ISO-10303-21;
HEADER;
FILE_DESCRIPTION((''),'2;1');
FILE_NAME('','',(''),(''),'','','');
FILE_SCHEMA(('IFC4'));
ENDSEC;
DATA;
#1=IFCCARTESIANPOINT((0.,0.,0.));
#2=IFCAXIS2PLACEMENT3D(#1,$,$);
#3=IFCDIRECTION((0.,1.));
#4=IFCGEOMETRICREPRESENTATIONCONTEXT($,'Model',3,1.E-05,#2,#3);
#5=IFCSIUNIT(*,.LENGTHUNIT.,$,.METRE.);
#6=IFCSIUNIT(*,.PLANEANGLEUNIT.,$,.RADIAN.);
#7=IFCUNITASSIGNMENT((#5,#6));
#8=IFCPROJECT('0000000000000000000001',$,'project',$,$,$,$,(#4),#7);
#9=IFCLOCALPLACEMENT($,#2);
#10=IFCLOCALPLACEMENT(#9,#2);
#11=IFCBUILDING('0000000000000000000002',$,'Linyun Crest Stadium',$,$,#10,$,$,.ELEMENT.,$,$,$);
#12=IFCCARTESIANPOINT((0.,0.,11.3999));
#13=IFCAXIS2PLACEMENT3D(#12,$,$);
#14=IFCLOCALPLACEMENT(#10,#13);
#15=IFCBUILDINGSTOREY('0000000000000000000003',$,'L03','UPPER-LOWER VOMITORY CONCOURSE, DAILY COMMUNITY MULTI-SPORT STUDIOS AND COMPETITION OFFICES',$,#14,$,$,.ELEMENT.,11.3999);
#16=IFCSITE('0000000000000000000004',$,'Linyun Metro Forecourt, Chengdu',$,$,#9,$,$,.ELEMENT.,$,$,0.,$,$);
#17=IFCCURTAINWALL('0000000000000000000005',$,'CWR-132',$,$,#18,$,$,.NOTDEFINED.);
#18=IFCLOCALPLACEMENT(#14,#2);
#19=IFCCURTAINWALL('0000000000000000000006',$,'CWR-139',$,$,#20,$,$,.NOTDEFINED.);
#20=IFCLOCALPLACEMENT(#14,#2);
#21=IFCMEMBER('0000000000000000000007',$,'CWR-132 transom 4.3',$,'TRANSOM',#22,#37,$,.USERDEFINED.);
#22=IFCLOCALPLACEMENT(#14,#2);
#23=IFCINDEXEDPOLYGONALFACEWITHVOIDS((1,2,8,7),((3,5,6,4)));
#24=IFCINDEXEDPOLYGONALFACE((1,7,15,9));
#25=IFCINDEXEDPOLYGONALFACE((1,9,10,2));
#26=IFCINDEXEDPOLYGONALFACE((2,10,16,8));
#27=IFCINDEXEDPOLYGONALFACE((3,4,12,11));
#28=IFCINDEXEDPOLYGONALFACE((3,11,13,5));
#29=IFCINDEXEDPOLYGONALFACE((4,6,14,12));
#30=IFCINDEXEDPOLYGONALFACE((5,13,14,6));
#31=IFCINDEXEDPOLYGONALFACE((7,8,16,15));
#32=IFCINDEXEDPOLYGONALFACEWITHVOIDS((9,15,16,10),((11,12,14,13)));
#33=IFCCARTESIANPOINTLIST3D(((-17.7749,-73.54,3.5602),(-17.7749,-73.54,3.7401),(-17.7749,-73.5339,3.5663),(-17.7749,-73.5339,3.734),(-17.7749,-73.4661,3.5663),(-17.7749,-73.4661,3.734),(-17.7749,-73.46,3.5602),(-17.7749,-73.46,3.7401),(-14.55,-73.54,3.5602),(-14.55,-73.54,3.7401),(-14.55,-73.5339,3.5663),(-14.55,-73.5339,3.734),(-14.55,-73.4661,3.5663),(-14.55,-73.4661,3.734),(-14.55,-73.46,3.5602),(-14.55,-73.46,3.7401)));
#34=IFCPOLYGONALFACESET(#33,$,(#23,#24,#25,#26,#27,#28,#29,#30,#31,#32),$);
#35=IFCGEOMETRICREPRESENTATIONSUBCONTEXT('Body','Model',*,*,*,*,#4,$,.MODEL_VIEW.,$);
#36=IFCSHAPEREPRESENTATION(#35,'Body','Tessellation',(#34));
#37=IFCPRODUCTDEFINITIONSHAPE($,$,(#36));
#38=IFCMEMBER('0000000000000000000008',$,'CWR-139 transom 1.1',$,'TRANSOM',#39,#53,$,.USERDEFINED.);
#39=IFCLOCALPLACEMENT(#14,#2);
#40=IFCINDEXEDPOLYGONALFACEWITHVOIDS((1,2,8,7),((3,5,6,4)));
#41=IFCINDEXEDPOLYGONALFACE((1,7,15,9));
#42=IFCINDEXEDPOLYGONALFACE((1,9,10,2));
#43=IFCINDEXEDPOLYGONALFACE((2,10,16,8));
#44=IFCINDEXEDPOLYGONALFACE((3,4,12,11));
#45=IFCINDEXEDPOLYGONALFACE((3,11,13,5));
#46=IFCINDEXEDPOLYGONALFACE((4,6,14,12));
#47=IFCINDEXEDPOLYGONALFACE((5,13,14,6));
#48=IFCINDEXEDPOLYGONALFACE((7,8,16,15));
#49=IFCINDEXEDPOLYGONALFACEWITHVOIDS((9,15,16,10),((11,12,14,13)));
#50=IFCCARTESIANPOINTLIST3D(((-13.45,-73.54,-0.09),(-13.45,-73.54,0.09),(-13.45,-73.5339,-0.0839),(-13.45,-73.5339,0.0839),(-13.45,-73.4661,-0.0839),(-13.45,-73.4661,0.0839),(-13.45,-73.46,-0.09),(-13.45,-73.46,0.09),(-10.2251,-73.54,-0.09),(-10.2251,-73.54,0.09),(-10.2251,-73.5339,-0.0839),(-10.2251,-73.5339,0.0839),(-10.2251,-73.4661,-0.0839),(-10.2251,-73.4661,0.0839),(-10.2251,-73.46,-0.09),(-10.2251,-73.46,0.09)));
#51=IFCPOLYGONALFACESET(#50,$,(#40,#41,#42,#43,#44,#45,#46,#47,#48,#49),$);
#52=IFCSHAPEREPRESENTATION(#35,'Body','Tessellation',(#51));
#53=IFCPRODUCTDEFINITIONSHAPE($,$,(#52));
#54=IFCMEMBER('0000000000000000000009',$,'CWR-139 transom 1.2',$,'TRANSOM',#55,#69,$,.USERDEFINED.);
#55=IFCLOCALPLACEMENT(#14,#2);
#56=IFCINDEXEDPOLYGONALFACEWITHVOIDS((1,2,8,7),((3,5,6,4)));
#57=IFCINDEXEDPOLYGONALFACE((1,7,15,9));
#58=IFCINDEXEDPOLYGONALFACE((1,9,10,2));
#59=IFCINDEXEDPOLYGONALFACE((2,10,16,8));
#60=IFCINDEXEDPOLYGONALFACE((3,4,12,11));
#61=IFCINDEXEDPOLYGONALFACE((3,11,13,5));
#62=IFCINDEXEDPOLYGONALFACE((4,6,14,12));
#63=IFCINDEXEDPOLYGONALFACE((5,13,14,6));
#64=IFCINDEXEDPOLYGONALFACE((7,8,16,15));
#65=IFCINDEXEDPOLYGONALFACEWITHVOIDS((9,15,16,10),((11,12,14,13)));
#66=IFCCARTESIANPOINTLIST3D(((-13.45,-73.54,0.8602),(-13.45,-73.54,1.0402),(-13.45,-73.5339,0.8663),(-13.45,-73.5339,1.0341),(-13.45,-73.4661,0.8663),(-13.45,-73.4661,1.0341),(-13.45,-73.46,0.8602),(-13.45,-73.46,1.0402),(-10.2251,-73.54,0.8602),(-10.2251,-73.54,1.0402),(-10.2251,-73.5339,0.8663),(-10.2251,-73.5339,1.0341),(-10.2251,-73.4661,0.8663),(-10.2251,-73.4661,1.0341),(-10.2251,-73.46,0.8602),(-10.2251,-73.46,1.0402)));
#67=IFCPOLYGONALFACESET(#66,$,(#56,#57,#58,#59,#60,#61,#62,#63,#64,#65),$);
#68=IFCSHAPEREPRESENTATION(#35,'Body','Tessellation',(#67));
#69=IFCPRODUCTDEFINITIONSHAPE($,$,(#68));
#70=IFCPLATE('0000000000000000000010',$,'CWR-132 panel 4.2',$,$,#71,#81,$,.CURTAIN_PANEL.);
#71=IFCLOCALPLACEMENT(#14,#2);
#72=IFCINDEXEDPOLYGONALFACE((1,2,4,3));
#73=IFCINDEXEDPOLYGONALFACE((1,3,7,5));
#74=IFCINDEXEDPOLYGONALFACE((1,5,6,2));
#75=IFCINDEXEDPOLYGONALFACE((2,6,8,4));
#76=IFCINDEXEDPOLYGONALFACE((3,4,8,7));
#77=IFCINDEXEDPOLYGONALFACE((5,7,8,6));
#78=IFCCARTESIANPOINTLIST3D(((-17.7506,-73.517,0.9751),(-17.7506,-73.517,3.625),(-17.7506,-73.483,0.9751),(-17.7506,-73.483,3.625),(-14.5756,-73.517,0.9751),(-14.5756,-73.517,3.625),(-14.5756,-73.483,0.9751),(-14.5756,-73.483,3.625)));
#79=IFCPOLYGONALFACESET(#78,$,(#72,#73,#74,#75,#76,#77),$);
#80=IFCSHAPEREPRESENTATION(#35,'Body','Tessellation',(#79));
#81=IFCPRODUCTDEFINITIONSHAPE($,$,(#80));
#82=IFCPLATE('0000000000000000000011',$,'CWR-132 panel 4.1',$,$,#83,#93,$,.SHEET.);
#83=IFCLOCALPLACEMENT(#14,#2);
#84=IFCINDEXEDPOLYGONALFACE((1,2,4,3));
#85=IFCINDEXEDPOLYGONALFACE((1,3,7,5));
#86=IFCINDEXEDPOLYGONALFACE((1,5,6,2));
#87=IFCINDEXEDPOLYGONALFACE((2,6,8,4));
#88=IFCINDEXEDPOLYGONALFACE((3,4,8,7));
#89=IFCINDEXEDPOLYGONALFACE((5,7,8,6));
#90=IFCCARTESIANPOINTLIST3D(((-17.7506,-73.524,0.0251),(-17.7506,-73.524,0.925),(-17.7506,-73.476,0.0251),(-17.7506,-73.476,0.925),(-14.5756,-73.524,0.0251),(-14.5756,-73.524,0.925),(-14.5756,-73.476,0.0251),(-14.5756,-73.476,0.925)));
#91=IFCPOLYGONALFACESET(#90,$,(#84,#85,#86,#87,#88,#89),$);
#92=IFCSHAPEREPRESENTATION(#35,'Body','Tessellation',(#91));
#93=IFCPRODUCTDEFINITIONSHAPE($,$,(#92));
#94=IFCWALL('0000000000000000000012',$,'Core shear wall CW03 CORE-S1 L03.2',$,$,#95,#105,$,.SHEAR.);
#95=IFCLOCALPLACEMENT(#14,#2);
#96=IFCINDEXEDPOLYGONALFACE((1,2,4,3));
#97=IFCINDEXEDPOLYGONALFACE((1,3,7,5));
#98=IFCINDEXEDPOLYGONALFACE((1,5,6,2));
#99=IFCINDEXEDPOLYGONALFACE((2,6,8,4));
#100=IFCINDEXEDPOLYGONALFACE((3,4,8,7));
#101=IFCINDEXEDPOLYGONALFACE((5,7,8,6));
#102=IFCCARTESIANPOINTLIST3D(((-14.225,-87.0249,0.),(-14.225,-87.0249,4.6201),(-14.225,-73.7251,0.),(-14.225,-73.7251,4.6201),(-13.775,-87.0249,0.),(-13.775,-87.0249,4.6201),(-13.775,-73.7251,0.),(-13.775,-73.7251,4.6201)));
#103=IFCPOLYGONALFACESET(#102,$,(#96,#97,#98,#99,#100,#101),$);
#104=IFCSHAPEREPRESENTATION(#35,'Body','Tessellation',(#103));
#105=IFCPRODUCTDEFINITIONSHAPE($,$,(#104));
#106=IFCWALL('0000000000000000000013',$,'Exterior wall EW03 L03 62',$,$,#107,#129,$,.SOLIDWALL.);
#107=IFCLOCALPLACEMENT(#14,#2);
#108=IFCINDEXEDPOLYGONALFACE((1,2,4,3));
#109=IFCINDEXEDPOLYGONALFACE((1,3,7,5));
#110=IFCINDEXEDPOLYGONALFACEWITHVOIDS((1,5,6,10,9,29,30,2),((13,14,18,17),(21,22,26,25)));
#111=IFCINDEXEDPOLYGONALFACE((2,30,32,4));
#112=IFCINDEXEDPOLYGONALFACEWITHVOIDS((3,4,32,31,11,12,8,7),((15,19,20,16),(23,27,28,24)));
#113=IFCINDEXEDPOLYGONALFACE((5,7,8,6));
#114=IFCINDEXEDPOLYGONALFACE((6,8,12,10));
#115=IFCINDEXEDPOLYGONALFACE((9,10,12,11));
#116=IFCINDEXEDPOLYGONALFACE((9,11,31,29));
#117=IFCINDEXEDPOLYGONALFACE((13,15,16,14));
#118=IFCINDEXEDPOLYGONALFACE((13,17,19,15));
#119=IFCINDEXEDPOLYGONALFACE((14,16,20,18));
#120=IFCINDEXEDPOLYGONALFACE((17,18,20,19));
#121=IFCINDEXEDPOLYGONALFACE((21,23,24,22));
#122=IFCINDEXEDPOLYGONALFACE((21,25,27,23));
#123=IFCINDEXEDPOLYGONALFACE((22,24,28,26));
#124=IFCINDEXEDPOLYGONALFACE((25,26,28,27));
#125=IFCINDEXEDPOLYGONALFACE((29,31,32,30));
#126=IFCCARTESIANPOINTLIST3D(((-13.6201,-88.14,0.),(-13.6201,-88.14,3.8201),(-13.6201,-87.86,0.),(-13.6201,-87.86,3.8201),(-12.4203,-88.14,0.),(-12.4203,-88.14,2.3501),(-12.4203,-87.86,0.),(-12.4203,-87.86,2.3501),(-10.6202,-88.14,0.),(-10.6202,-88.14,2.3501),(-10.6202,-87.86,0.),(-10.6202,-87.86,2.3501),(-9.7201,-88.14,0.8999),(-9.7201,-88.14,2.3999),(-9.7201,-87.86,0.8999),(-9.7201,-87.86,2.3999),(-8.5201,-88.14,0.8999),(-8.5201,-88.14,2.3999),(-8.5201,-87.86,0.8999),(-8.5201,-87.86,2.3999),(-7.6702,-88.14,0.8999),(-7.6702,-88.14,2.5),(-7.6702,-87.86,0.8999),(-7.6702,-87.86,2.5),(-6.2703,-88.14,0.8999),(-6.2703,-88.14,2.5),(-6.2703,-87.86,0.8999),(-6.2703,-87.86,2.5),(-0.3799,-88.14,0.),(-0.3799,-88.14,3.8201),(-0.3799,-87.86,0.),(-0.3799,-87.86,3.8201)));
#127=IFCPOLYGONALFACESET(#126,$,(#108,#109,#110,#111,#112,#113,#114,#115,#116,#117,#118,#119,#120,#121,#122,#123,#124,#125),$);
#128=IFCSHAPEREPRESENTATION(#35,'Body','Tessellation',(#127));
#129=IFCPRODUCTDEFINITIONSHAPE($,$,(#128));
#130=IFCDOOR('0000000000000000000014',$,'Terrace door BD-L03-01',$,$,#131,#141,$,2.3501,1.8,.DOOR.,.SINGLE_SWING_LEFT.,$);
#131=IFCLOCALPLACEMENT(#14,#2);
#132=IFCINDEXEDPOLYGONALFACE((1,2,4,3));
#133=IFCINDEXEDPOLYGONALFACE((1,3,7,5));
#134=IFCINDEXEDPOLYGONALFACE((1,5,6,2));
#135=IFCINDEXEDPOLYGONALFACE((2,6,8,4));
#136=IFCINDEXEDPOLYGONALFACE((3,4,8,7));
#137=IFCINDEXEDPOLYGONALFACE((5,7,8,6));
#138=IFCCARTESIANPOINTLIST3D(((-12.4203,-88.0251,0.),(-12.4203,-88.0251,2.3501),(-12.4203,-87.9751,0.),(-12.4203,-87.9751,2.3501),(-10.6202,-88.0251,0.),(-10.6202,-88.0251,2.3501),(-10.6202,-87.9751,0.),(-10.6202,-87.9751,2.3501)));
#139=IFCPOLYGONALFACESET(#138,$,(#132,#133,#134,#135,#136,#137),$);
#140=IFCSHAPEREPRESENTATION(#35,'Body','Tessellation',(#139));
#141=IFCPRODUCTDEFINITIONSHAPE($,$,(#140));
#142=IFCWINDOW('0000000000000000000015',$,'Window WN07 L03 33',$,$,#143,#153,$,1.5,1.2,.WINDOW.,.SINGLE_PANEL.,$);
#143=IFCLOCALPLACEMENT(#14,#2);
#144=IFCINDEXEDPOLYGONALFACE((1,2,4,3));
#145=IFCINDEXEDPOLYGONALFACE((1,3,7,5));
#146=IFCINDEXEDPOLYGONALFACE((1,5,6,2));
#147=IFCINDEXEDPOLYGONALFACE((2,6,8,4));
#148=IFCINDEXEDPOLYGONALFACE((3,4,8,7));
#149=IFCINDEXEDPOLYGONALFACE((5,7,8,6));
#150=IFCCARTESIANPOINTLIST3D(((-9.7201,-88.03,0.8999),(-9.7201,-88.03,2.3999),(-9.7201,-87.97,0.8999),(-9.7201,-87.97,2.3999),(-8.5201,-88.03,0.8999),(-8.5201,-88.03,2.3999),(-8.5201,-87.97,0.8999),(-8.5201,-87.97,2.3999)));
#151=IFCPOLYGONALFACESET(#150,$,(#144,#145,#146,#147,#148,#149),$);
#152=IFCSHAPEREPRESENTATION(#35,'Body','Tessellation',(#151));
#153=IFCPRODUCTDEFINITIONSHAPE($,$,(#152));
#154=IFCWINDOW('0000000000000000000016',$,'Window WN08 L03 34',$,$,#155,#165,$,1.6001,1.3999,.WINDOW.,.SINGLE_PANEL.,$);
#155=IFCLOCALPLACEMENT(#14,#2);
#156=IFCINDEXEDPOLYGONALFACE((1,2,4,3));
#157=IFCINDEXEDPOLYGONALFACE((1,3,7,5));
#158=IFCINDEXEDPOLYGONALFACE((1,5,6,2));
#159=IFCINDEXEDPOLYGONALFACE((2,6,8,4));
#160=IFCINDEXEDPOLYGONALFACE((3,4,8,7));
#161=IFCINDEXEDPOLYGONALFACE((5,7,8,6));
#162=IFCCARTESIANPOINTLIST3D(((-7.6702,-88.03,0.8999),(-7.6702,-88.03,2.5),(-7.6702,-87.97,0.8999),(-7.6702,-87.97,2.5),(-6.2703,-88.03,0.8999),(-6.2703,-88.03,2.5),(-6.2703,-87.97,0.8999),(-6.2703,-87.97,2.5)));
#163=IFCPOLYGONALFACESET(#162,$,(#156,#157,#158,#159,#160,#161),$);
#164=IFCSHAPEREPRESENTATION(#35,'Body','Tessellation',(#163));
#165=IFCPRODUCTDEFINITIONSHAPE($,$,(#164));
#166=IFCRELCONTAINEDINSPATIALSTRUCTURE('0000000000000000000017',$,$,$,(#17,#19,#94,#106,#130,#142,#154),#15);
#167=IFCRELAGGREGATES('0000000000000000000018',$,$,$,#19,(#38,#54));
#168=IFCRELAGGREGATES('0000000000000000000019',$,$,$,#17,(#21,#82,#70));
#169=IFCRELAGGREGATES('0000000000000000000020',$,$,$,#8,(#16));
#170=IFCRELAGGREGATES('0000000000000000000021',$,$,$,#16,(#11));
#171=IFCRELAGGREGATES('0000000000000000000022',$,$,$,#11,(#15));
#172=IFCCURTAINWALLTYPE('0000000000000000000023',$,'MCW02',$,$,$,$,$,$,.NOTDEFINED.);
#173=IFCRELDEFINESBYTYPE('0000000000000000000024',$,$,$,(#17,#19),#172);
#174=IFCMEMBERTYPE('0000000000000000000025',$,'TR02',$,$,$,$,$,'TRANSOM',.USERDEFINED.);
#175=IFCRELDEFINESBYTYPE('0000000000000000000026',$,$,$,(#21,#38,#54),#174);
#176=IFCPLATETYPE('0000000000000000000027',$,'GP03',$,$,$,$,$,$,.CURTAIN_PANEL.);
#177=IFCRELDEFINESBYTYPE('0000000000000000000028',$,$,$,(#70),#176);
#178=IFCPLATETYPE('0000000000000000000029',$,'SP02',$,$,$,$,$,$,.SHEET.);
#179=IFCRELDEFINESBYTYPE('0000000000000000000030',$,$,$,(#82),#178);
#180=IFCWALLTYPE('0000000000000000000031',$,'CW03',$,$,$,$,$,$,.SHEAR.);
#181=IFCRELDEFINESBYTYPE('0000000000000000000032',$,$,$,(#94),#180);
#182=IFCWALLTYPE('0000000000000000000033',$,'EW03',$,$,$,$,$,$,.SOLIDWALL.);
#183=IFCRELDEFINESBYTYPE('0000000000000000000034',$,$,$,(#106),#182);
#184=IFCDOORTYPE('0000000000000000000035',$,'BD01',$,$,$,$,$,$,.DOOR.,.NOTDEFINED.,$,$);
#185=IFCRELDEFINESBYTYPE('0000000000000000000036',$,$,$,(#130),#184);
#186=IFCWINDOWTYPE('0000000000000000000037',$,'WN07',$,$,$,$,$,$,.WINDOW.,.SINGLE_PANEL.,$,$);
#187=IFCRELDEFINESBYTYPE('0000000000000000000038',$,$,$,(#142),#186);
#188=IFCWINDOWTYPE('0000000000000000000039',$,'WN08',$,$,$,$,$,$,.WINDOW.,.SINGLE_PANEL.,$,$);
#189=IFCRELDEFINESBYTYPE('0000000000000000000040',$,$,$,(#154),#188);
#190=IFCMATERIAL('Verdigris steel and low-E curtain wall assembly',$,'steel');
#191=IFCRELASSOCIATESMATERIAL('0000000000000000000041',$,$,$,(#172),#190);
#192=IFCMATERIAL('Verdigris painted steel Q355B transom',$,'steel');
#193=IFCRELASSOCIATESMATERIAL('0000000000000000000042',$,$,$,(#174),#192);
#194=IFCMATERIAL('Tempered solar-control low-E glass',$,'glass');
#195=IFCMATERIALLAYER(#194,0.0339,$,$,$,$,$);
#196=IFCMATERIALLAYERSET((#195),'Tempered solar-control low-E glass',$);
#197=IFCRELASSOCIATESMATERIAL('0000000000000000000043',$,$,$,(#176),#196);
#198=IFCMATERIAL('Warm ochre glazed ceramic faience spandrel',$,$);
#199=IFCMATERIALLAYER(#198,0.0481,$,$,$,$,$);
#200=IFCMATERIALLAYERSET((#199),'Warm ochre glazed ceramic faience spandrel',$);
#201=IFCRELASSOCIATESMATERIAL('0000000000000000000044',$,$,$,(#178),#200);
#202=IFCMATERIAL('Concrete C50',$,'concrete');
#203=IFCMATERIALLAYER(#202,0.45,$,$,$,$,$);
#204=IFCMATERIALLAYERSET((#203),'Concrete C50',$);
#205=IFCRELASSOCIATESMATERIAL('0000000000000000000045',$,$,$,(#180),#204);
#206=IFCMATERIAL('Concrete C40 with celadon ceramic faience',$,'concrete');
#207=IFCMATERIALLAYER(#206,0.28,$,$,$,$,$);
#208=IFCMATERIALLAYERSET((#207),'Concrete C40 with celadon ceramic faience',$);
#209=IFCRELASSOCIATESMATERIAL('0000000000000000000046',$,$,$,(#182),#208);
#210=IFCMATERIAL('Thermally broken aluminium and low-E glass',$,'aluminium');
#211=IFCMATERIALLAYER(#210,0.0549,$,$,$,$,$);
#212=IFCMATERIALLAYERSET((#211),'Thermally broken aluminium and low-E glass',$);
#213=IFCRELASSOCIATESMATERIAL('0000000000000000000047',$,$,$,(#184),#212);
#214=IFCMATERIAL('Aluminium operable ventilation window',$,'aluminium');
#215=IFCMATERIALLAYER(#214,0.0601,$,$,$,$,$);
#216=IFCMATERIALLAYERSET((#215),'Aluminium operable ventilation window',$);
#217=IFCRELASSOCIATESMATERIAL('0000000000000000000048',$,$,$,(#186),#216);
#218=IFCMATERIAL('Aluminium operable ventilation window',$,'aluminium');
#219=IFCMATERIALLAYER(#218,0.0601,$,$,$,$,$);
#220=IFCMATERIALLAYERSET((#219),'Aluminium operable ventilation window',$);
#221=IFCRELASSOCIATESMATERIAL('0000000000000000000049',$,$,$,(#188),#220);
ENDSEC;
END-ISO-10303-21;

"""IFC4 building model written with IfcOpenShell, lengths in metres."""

from ifc_helpers import new_model, si_unit, direction, frame, frame_2d, origin, origin_2d, place, context, subcontext, project, spatial, rectangle, hollow_rectangle, extrude, material, layer, layer_set, material_profile, profile_set, type_object, element, fill, aggregate, save


model = new_model("IFC4")

# Units and contexts
model_context = context("Model", 3, precision=1e-05, world=origin(), true_north=direction((0.0, 1.0)))
body_context = subcontext(model_context, "Body", "Model", "MODEL_VIEW")
ifc_project = project(units=[si_unit("LENGTHUNIT", "METRE"), si_unit("PLANEANGLEUNIT", "RADIAN")], contexts=[model_context])

# Site, building, storey
site_placement = place(None, origin())
site = spatial("IfcSite", under=ifc_project, at=site_placement, Name="Linyun Metro Forecourt, Chengdu", CompositionType="ELEMENT", RefElevation=0.0)
building_placement = place(site_placement, origin())
building = spatial("IfcBuilding", under=site, at=building_placement, Name="Linyun Crest Stadium", CompositionType="ELEMENT")
storey_placement = place(building_placement, frame((0.0, 0.0, 11.3999)))
storey = spatial("IfcBuildingStorey", under=building, at=storey_placement, Name="L03", Description="UPPER-LOWER VOMITORY CONCOURSE, DAILY COMMUNITY MULTI-SPORT STUDIOS AND COMPETITION OFFICES", CompositionType="ELEMENT", Elevation=11.3999)

# Curtain wall
ifc_material_1 = material(Name="Verdigris steel and low-E curtain wall assembly", Category="steel")
curtain_wall_type = type_object("IfcCurtainWallType", Name="MCW02", PredefinedType="NOTDEFINED", material=ifc_material_1)
curtain_wall_1_placement = place(storey_placement, origin())
curtain_wall_1 = element("IfcCurtainWall", 1, at=curtain_wall_1_placement, inside=storey, type_object=curtain_wall_type, Name="CWR-132", PredefinedType="NOTDEFINED")

# Curtain wall
curtain_wall_2_placement = place(storey_placement, origin())
curtain_wall_2 = element("IfcCurtainWall", 2, at=curtain_wall_2_placement, inside=storey, type_object=curtain_wall_type, Name="CWR-139", PredefinedType="NOTDEFINED")

# Members
ifc_material_2 = material(Name="Verdigris painted steel Q355B transom", Category="steel")
ifc_material_profile_1 = material_profile(ifc_material_2, hollow_rectangle(XDim=0.0801, YDim=0.1799, WallThickness=0.0061, at=origin_2d()), Name="RHS 180x80x6")
ifc_profile_set_1 = profile_set([ifc_material_profile_1], Name="Verdigris painted steel Q355B transom")
member_type_1 = type_object("IfcMemberType", Name="TR02", ElementType="TRANSOM", PredefinedType="USERDEFINED", material=ifc_profile_set_1)
member_1_placement = place(storey_placement, frame((-17.7749, -73.5, 3.6501), z_axis=(1.0, 0.0, 0.0), x_axis=(0.0, 1.0, 0.0)))
member_1 = element("IfcMember", 3, at=member_1_placement, type_object=member_type_1, Name="CWR-132 transom 4.3", ObjectType="TRANSOM", PredefinedType="USERDEFINED", context=body_context, shape_type="SweptSolid", body=[
    extrude(hollow_rectangle(XDim=0.0801, YDim=0.1799, WallThickness=0.0061, at=origin_2d()), origin(), (0.0, 0.0, 1.0), 3.2249),
])
member_2_placement = place(storey_placement, frame((-13.45, -73.5, 0.0), z_axis=(1.0, 0.0, 0.0), x_axis=(0.0, 1.0, 0.0)))
member_2 = element("IfcMember", 4, at=member_2_placement, type_object=member_type_1, Name="CWR-139 transom 1.1", ObjectType="TRANSOM", PredefinedType="USERDEFINED", context=body_context, shape_type="SweptSolid", body=[
    extrude(hollow_rectangle(XDim=0.0801, YDim=0.1799, WallThickness=0.0061, at=origin_2d()), origin(), (0.0, 0.0, 1.0), 3.2249),
])
member_3_placement = place(storey_placement, frame((-13.45, -73.5, 0.9502), z_axis=(1.0, 0.0, 0.0), x_axis=(0.0, 1.0, 0.0)))
member_3 = element("IfcMember", 5, at=member_3_placement, type_object=member_type_1, Name="CWR-139 transom 1.2", ObjectType="TRANSOM", PredefinedType="USERDEFINED", context=body_context, shape_type="SweptSolid", body=[
    extrude(hollow_rectangle(XDim=0.0801, YDim=0.1799, WallThickness=0.0061, at=origin_2d()), origin(), (0.0, 0.0, 1.0), 3.2249),
])
aggregate(curtain_wall_2, [member_2, member_3])

# Plates
ifc_material_3 = material(Name="Tempered solar-control low-E glass", Category="glass")
ifc_layer_1 = layer(ifc_material_3, 0.0339)
ifc_layer_set_1 = layer_set([ifc_layer_1], Name="Tempered solar-control low-E glass")
plate_type_1 = type_object("IfcPlateType", Name="GP03", PredefinedType="CURTAIN_PANEL", material=ifc_layer_set_1)
plate_1_placement = place(storey_placement, frame((-16.1631, -73.5, 0.9751), z_axis=(0.0, 0.0, 1.0), x_axis=(1.0, 0.0, 0.0)))
plate_1 = element("IfcPlate", 6, at=plate_1_placement, type_object=plate_type_1, Name="CWR-132 panel 4.2", PredefinedType="CURTAIN_PANEL", context=body_context, shape_type="SweptSolid", body=[
    extrude(rectangle(XDim=3.175, YDim=0.0339, at=origin_2d()), origin(), (0.0, 0.0, 1.0), 2.6499),
])
ifc_material_4 = material(Name="Warm ochre glazed ceramic faience spandrel")
ifc_layer_2 = layer(ifc_material_4, 0.0481)
ifc_layer_set_2 = layer_set([ifc_layer_2], Name="Warm ochre glazed ceramic faience spandrel")
plate_type_2 = type_object("IfcPlateType", Name="SP02", PredefinedType="SHEET", material=ifc_layer_set_2)
plate_2_placement = place(storey_placement, frame((-16.1631, -73.5, 0.0251), z_axis=(0.0, 0.0, 1.0), x_axis=(1.0, 0.0, 0.0)))
plate_2 = element("IfcPlate", 7, at=plate_2_placement, type_object=plate_type_2, Name="CWR-132 panel 4.1", PredefinedType="SHEET", context=body_context, shape_type="SweptSolid", body=[
    extrude(rectangle(XDim=3.175, YDim=0.0481, at=origin_2d()), origin(), (0.0, 0.0, 1.0), 0.8999),
])
aggregate(curtain_wall_1, [member_1, plate_2, plate_1])

# Wall
ifc_material_5 = material(Name="Concrete C50", Category="concrete")
ifc_layer_3 = layer(ifc_material_5, 0.45)
ifc_layer_set_3 = layer_set([ifc_layer_3], Name="Concrete C50")
wall_type_1 = type_object("IfcWallType", Name="CW03", PredefinedType="SHEAR", material=ifc_layer_set_3)
wall_1_placement = place(storey_placement, frame((-14.0, -87.0249, 0.0), z_axis=(0.0, 0.0, 1.0), x_axis=(0.0, 1.0, 0.0)))
element("IfcWall", 8, at=wall_1_placement, inside=storey, type_object=wall_type_1, Name="Core shear wall CW03 CORE-S1 L03.2", PredefinedType="SHEAR", context=body_context, shape_type="SweptSolid", body=[
    extrude(rectangle(XDim=13.2998, YDim=0.45, at=frame_2d((6.6499, 0.0))), origin(), (0.0, 0.0, 1.0), 4.6201),
])

# Wall, openings, door, windows
ifc_material_6 = material(Name="Concrete C40 with celadon ceramic faience", Category="concrete")
ifc_layer_4 = layer(ifc_material_6, 0.28)
ifc_layer_set_4 = layer_set([ifc_layer_4], Name="Concrete C40 with celadon ceramic faience")
wall_type_2 = type_object("IfcWallType", Name="EW03", PredefinedType="SOLIDWALL", material=ifc_layer_set_4)
wall_2_placement = place(storey_placement, frame((-13.6201, -88.0, 0.0), z_axis=(0.0, 0.0, 1.0), x_axis=(1.0, 0.0, 0.0)))
wall_2 = element("IfcWall", 9, at=wall_2_placement, inside=storey, type_object=wall_type_2, Name="Exterior wall EW03 L03 62", PredefinedType="SOLIDWALL", context=body_context, shape_type="SweptSolid", body=[
    extrude(rectangle(XDim=13.2402, YDim=0.28, at=frame_2d((6.6201, 0.0))), origin(), (0.0, 0.0, 1.0), 3.8201),
])
opening_1_placement = place(wall_2_placement, frame((1.2, 0.0, 0.0)))
opening_1 = element("IfcOpeningElement", 10, at=opening_1_placement, cuts=wall_2, PredefinedType="OPENING", context=body_context, shape_type="SweptSolid", body=[
    extrude(rectangle(XDim=1.8, YDim=2.3501, at=frame_2d((0.8999, 1.175))), frame((0.0, 0.1499, 0.0), z_axis=(0.0, -1.0, 0.0), x_axis=(1.0, 0.0, 0.0)), (0.0, 0.0, 1.0), 0.3),
])
opening_2_placement = place(wall_2_placement, frame((3.8999, 0.0, 0.8999)))
opening_2 = element("IfcOpeningElement", 11, at=opening_2_placement, cuts=wall_2, PredefinedType="OPENING", context=body_context, shape_type="SweptSolid", body=[
    extrude(rectangle(XDim=1.2, YDim=1.5, at=frame_2d((0.6001, 0.75))), frame((0.0, 0.1499, 0.0), z_axis=(0.0, -1.0, 0.0), x_axis=(1.0, 0.0, 0.0)), (0.0, 0.0, 1.0), 0.3),
])
opening_3_placement = place(wall_2_placement, frame((5.95, 0.0, 0.8999)))
opening_3 = element("IfcOpeningElement", 12, at=opening_3_placement, cuts=wall_2, PredefinedType="OPENING", context=body_context, shape_type="SweptSolid", body=[
    extrude(rectangle(XDim=1.3999, YDim=1.6001, at=frame_2d((0.7, 0.8))), frame((0.0, 0.1499, 0.0), z_axis=(0.0, -1.0, 0.0), x_axis=(1.0, 0.0, 0.0)), (0.0, 0.0, 1.0), 0.3),
])
ifc_material_7 = material(Name="Thermally broken aluminium and low-E glass", Category="aluminium")
ifc_layer_5 = layer(ifc_material_7, 0.0549)
ifc_layer_set_5 = layer_set([ifc_layer_5], Name="Thermally broken aluminium and low-E glass")
door_type_1 = type_object("IfcDoorType", Name="BD01", OperationType="NOTDEFINED", PredefinedType="DOOR", material=ifc_layer_set_5)
door_1_placement = place(opening_1_placement, origin())
door_1 = element("IfcDoor", 13, at=door_1_placement, inside=storey, type_object=door_type_1, Name="Terrace door BD-L03-01", OperationType="SINGLE_SWING_LEFT", OverallHeight=2.3501, OverallWidth=1.8, PredefinedType="DOOR", context=body_context, shape_type="SweptSolid", body=[
    extrude(rectangle(XDim=1.8, YDim=2.3501, at=frame_2d((0.8999, 1.175))), frame((0.0, 0.0249, 0.0), z_axis=(0.0, -1.0, 0.0), x_axis=(1.0, 0.0, 0.0)), (0.0, 0.0, 1.0), 0.05),
])
fill(opening_1, door_1)
ifc_material_8 = material(Name="Aluminium operable ventilation window", Category="aluminium")
ifc_layer_6 = layer(ifc_material_8, 0.0601)
ifc_layer_set_6 = layer_set([ifc_layer_6], Name="Aluminium operable ventilation window")
window_type_1 = type_object("IfcWindowType", Name="WN07", PartitioningType="SINGLE_PANEL", PredefinedType="WINDOW", material=ifc_layer_set_6)
window_1_placement = place(opening_2_placement, origin())
window_1 = element("IfcWindow", 14, at=window_1_placement, inside=storey, type_object=window_type_1, Name="Window WN07 L03 33", OverallHeight=1.5, OverallWidth=1.2, PartitioningType="SINGLE_PANEL", PredefinedType="WINDOW", context=body_context, shape_type="SweptSolid", body=[
    extrude(rectangle(XDim=1.2, YDim=1.5, at=frame_2d((0.6001, 0.75))), frame((0.0, 0.03, 0.0), z_axis=(0.0, -1.0, 0.0), x_axis=(1.0, 0.0, 0.0)), (0.0, 0.0, 1.0), 0.0601),
])
fill(opening_2, window_1)
ifc_material_9 = material(Name="Aluminium operable ventilation window", Category="aluminium")
ifc_layer_7 = layer(ifc_material_9, 0.0601)
ifc_layer_set_7 = layer_set([ifc_layer_7], Name="Aluminium operable ventilation window")
window_type_2 = type_object("IfcWindowType", Name="WN08", PartitioningType="SINGLE_PANEL", PredefinedType="WINDOW", material=ifc_layer_set_7)
window_2_placement = place(opening_3_placement, origin())
window_2 = element("IfcWindow", 15, at=window_2_placement, inside=storey, type_object=window_type_2, Name="Window WN08 L03 34", OverallHeight=1.6001, OverallWidth=1.3999, PartitioningType="SINGLE_PANEL", PredefinedType="WINDOW", context=body_context, shape_type="SweptSolid", body=[
    extrude(rectangle(XDim=1.3999, YDim=1.6001, at=frame_2d((0.7, 0.8))), frame((0.0, 0.03, 0.0), z_axis=(0.0, -1.0, 0.0), x_axis=(1.0, 0.0, 0.0)), (0.0, 0.0, 1.0), 0.0601),
])
fill(opening_3, window_2)

save(model, "model.ifc")
